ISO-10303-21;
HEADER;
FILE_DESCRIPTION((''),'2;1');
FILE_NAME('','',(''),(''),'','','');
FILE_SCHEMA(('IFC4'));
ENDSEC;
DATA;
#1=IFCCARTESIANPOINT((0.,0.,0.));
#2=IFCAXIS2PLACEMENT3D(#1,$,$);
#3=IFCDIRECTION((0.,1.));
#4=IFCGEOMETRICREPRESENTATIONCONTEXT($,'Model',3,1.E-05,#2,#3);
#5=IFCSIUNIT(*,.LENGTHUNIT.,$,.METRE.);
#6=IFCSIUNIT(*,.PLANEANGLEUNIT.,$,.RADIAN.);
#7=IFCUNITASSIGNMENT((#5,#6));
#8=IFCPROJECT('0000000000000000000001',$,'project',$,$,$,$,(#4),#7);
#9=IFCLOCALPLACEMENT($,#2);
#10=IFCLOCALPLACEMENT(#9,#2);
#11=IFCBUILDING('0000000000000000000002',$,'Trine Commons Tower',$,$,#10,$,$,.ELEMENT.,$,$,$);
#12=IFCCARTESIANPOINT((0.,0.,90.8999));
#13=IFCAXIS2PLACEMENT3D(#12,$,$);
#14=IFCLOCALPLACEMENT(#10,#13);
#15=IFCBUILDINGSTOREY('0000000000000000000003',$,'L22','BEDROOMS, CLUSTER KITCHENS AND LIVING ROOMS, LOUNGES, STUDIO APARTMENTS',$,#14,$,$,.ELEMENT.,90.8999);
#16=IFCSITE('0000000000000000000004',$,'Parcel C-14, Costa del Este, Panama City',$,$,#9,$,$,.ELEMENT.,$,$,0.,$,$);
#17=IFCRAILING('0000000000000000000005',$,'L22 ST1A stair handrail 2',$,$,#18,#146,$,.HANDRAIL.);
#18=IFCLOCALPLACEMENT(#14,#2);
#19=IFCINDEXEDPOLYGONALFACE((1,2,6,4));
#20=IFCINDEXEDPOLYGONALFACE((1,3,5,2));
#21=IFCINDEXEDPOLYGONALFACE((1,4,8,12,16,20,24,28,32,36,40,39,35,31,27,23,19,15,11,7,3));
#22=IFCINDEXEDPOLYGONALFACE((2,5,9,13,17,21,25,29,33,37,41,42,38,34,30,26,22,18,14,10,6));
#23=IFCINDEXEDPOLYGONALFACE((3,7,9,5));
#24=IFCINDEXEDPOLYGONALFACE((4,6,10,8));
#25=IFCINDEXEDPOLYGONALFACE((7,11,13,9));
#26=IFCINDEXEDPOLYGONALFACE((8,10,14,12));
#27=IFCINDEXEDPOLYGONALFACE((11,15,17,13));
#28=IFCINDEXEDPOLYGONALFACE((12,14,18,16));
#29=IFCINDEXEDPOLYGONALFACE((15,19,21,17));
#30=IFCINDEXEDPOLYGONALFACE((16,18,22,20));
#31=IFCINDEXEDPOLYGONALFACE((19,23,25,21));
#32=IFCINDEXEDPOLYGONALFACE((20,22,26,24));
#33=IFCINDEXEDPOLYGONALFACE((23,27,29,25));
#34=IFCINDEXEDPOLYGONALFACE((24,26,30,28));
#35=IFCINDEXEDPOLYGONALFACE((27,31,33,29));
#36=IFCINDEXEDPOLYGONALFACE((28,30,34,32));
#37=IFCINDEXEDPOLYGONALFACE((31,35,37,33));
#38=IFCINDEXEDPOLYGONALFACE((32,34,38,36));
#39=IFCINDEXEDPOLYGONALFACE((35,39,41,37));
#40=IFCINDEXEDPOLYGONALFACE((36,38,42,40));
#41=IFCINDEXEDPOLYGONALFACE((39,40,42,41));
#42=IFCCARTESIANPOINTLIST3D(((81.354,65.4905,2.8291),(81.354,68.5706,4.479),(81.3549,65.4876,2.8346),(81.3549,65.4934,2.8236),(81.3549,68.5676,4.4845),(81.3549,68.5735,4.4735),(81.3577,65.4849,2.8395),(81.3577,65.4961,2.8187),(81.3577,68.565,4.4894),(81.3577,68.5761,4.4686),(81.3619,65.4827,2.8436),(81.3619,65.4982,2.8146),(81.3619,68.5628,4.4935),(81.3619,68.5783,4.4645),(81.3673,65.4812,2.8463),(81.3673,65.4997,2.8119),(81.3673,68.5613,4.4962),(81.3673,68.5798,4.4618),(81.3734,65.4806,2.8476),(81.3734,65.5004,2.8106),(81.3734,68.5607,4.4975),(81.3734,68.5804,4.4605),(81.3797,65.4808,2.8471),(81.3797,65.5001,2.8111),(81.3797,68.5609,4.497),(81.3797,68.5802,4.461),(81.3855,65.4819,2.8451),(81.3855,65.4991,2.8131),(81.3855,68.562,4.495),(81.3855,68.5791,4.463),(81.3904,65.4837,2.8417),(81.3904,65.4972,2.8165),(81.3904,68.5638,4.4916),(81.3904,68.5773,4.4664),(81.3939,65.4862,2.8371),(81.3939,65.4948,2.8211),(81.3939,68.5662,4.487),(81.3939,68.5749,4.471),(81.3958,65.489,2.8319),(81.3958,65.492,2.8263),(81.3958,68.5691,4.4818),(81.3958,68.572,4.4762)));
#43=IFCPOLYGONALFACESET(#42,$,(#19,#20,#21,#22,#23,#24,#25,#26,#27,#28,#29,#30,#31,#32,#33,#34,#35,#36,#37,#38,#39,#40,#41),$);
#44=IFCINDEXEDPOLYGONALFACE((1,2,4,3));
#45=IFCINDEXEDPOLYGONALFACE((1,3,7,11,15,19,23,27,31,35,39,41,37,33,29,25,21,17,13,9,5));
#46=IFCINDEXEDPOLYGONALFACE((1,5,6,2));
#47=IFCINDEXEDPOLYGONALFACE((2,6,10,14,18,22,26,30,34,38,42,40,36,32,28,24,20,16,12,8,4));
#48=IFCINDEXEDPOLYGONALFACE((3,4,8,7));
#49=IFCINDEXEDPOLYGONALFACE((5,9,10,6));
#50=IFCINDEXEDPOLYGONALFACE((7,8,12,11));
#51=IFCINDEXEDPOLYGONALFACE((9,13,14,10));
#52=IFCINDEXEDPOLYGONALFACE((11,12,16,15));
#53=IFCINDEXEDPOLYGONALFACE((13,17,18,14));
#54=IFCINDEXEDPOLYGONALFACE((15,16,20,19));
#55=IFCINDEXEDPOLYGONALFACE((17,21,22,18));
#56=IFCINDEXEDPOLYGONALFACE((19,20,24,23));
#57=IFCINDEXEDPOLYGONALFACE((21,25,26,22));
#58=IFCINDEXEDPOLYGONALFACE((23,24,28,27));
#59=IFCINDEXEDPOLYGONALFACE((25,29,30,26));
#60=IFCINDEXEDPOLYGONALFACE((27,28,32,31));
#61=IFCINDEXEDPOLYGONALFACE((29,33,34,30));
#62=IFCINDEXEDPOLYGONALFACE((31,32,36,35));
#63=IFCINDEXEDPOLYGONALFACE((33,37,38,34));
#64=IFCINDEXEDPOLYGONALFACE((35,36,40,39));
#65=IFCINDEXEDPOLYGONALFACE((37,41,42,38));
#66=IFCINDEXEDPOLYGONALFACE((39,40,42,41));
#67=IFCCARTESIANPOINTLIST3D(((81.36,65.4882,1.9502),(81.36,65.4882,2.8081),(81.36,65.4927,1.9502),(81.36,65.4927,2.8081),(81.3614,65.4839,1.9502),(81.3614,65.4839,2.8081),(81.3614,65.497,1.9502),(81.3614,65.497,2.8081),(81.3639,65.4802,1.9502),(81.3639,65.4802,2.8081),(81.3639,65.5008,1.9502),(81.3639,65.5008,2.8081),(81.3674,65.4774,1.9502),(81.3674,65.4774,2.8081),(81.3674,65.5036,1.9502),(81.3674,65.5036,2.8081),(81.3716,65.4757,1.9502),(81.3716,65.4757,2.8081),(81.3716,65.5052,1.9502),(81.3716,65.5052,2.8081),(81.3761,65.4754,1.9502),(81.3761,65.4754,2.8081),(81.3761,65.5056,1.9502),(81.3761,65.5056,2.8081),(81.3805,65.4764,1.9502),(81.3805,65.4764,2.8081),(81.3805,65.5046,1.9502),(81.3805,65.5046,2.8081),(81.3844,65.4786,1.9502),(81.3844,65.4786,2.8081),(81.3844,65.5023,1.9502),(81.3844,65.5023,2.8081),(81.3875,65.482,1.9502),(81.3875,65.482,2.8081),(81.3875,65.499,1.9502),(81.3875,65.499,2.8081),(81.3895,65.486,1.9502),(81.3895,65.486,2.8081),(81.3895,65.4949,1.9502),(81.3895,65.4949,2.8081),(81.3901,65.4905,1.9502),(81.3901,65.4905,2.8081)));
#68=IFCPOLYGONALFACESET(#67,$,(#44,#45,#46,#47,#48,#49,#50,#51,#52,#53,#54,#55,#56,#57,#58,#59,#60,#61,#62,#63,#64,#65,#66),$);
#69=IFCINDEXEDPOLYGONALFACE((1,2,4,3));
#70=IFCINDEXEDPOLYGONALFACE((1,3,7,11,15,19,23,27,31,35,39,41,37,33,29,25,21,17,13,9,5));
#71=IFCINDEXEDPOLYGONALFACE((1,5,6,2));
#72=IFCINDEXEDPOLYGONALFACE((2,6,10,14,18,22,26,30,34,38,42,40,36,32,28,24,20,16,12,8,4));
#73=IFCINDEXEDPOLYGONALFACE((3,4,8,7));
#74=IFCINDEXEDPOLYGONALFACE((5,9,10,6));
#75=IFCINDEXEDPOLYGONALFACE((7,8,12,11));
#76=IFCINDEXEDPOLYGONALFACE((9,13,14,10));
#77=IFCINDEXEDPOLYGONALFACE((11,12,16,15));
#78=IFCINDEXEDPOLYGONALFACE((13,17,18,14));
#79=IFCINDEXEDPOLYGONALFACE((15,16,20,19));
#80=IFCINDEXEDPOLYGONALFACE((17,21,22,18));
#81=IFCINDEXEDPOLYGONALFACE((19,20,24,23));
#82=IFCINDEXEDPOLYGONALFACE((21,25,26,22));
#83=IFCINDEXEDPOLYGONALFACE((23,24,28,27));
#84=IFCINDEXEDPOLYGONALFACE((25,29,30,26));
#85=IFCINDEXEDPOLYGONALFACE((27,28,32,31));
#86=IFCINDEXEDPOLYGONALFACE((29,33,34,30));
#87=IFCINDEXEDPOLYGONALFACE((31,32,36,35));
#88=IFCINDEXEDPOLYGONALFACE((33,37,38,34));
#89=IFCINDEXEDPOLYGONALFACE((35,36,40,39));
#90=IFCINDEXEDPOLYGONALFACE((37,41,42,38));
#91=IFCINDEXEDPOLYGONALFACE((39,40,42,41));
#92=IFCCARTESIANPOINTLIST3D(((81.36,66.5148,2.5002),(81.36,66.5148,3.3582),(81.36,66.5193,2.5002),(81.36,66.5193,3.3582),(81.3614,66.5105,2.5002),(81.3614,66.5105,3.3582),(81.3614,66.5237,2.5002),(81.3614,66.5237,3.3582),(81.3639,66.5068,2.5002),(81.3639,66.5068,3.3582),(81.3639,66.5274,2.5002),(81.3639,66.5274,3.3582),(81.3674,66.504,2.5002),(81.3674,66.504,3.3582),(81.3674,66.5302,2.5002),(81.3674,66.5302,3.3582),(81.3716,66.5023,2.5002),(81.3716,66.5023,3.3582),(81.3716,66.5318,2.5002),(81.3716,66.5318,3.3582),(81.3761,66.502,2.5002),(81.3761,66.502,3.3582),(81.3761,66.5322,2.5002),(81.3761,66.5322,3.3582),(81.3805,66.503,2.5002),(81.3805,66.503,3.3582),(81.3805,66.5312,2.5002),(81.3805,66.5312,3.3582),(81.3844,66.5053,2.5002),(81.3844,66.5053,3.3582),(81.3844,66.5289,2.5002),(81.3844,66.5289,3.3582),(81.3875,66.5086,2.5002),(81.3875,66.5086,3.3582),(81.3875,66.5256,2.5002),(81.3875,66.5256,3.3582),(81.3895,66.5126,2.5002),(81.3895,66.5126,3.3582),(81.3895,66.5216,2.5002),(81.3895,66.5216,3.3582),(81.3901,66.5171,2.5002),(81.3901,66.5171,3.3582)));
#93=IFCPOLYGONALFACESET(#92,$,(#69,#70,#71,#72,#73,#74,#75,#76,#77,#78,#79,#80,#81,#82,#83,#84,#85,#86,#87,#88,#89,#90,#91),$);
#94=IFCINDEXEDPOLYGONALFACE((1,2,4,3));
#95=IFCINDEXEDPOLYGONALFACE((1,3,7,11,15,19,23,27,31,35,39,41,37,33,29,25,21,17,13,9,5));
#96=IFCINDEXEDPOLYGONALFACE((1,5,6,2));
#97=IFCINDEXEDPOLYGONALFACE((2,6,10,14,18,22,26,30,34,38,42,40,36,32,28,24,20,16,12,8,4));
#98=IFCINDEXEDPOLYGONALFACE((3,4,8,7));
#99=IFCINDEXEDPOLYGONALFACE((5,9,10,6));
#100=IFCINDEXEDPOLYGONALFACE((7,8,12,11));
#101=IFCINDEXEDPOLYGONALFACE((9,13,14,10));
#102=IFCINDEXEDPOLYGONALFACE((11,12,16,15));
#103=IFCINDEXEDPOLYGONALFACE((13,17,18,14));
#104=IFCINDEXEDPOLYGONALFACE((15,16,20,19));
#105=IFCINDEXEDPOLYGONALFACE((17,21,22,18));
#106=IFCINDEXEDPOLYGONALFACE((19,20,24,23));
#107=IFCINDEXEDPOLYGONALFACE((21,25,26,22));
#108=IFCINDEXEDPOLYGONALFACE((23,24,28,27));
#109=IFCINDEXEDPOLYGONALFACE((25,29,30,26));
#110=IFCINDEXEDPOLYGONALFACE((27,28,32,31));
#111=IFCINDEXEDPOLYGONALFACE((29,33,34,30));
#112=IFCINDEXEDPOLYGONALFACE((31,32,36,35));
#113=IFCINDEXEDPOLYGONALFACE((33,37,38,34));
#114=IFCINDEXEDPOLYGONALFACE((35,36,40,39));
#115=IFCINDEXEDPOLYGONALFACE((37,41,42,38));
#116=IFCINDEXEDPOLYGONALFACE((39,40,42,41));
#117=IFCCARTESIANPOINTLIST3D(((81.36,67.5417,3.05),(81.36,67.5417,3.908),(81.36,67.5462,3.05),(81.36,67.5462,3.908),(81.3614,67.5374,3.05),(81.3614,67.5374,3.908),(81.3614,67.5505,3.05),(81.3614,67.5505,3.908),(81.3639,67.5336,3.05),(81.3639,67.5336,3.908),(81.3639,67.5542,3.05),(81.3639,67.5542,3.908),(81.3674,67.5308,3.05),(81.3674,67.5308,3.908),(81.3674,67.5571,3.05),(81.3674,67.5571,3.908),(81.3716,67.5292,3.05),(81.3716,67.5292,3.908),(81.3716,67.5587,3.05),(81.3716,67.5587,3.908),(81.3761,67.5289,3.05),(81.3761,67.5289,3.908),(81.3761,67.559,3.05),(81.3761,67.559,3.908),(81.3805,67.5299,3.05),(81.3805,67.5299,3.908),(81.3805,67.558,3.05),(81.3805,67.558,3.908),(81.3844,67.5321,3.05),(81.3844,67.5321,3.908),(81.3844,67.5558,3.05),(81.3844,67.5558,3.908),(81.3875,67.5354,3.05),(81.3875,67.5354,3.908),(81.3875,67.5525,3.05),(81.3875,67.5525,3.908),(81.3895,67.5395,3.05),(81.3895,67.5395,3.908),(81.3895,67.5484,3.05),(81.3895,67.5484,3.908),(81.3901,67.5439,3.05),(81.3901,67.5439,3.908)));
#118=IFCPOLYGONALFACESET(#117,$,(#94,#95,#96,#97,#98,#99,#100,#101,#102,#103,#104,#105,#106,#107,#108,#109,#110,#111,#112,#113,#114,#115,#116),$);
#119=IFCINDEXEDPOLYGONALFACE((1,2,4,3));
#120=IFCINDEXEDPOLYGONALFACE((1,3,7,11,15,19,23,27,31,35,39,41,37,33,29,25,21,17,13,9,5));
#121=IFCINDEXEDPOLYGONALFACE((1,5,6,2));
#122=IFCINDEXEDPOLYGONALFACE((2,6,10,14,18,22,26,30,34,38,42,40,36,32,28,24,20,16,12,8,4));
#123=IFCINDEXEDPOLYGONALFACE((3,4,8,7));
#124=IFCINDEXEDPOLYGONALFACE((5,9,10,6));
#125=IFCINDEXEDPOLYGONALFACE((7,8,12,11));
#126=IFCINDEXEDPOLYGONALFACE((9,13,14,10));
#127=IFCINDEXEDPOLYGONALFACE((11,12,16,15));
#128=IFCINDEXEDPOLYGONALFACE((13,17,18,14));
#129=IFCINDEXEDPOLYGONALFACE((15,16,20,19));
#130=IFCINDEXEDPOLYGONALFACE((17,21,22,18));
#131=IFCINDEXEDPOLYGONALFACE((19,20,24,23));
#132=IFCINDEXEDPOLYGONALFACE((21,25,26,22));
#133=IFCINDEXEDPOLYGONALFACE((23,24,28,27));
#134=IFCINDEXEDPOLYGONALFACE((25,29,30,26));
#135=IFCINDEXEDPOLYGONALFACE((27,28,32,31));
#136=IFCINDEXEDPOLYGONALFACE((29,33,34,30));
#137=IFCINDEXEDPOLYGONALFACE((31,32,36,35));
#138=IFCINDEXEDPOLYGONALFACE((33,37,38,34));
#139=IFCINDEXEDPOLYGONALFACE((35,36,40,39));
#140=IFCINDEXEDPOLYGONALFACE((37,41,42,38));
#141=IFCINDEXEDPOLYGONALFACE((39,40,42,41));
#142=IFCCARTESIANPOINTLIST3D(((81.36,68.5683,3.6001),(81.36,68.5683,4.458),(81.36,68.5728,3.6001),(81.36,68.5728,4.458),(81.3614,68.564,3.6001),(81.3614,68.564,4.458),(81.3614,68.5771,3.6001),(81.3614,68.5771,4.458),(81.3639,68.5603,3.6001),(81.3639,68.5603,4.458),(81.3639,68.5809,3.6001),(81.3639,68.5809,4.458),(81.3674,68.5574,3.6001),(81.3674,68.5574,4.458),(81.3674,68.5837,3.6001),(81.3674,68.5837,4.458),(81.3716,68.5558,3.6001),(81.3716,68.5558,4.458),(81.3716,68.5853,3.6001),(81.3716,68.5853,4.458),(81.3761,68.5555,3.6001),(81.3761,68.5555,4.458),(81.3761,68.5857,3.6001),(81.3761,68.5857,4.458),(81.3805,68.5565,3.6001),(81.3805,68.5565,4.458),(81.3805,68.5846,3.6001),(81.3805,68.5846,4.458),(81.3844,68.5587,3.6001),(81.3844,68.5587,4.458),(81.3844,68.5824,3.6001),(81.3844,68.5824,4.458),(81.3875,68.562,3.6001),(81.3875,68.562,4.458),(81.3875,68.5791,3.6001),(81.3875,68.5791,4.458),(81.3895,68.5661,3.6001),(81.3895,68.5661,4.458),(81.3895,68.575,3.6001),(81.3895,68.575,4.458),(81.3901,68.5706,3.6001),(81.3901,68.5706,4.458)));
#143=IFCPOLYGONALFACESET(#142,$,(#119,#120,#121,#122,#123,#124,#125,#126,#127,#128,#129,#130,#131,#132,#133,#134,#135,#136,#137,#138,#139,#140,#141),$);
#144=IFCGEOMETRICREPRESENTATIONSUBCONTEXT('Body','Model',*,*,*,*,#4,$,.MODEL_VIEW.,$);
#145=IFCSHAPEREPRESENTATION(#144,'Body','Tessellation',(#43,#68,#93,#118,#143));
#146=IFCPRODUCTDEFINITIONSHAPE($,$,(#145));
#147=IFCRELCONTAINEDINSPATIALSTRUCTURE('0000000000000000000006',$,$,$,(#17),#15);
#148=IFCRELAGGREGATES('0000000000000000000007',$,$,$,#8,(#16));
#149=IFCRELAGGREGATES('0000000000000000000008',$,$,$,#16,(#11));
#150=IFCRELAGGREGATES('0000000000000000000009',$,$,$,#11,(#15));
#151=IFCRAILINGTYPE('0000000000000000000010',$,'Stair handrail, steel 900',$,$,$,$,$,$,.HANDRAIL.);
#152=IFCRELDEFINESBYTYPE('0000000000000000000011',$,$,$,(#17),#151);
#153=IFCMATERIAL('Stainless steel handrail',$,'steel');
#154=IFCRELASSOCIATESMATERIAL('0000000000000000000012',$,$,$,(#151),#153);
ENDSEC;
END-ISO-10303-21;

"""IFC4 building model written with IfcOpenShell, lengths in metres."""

from ifc_helpers import new_model, si_unit, direction, frame, origin, origin_2d, place, context, subcontext, project, spatial, circle, extrude, material, type_object, element, save


model = new_model("IFC4")

# Units and contexts
model_context = context("Model", 3, precision=1e-05, world=origin(), true_north=direction((0.0, 1.0)))
body_context = subcontext(model_context, "Body", "Model", "MODEL_VIEW")
ifc_project = project(units=[si_unit("LENGTHUNIT", "METRE"), si_unit("PLANEANGLEUNIT", "RADIAN")], contexts=[model_context])

# Site, building, storey
site_placement = place(None, origin())
site = spatial("IfcSite", under=ifc_project, at=site_placement, Name="Parcel C-14, Costa del Este, Panama City", CompositionType="ELEMENT", RefElevation=0.0)
building_placement = place(site_placement, origin())
building = spatial("IfcBuilding", under=site, at=building_placement, Name="Trine Commons Tower", CompositionType="ELEMENT")
storey_placement = place(building_placement, frame((0.0, 0.0, 90.8999)))
storey = spatial("IfcBuildingStorey", under=building, at=storey_placement, Name="L22", Description="BEDROOMS, CLUSTER KITCHENS AND LIVING ROOMS, LOUNGES, STUDIO APARTMENTS", CompositionType="ELEMENT", Elevation=90.8999)

# Railing
ifc_material_1 = material(Name="Stainless steel handrail", Category="steel")
railing_type_1 = type_object("IfcRailingType", Name="Stair handrail, steel 900", PredefinedType="HANDRAIL", material=ifc_material_1)
railing_1_placement = place(storey_placement, frame((81.375, 65.4905, 1.9502)))
element("IfcRailing", 1, at=railing_1_placement, inside=storey, type_object=railing_type_1, Name="L22 ST1A stair handrail 2", PredefinedType="HANDRAIL", context=body_context, shape_type="SweptSolid", body=[
    extrude(circle(Radius=0.021, at=origin_2d()), frame((0.0, 0.0, 0.8789), z_axis=(0.0, 0.881497, 0.47219), x_axis=(-1.0, 0.0, 0.0)), (0.0, 0.0, 1.0), 3.4941),
    extrude(circle(Radius=0.0151, at=origin_2d()), origin(), (0.0, 0.0, 1.0), 0.8579),
    extrude(circle(Radius=0.0151, at=origin_2d()), frame((0.0, 1.0266, 0.55)), (0.0, 0.0, 1.0), 0.8579),
    extrude(circle(Radius=0.0151, at=origin_2d()), frame((0.0, 2.0535, 1.0999)), (0.0, 0.0, 1.0), 0.8579),
    extrude(circle(Radius=0.0151, at=origin_2d()), frame((0.0, 3.0801, 1.6499)), (0.0, 0.0, 1.0), 0.8579),
])

save(model, "model.ifc")
